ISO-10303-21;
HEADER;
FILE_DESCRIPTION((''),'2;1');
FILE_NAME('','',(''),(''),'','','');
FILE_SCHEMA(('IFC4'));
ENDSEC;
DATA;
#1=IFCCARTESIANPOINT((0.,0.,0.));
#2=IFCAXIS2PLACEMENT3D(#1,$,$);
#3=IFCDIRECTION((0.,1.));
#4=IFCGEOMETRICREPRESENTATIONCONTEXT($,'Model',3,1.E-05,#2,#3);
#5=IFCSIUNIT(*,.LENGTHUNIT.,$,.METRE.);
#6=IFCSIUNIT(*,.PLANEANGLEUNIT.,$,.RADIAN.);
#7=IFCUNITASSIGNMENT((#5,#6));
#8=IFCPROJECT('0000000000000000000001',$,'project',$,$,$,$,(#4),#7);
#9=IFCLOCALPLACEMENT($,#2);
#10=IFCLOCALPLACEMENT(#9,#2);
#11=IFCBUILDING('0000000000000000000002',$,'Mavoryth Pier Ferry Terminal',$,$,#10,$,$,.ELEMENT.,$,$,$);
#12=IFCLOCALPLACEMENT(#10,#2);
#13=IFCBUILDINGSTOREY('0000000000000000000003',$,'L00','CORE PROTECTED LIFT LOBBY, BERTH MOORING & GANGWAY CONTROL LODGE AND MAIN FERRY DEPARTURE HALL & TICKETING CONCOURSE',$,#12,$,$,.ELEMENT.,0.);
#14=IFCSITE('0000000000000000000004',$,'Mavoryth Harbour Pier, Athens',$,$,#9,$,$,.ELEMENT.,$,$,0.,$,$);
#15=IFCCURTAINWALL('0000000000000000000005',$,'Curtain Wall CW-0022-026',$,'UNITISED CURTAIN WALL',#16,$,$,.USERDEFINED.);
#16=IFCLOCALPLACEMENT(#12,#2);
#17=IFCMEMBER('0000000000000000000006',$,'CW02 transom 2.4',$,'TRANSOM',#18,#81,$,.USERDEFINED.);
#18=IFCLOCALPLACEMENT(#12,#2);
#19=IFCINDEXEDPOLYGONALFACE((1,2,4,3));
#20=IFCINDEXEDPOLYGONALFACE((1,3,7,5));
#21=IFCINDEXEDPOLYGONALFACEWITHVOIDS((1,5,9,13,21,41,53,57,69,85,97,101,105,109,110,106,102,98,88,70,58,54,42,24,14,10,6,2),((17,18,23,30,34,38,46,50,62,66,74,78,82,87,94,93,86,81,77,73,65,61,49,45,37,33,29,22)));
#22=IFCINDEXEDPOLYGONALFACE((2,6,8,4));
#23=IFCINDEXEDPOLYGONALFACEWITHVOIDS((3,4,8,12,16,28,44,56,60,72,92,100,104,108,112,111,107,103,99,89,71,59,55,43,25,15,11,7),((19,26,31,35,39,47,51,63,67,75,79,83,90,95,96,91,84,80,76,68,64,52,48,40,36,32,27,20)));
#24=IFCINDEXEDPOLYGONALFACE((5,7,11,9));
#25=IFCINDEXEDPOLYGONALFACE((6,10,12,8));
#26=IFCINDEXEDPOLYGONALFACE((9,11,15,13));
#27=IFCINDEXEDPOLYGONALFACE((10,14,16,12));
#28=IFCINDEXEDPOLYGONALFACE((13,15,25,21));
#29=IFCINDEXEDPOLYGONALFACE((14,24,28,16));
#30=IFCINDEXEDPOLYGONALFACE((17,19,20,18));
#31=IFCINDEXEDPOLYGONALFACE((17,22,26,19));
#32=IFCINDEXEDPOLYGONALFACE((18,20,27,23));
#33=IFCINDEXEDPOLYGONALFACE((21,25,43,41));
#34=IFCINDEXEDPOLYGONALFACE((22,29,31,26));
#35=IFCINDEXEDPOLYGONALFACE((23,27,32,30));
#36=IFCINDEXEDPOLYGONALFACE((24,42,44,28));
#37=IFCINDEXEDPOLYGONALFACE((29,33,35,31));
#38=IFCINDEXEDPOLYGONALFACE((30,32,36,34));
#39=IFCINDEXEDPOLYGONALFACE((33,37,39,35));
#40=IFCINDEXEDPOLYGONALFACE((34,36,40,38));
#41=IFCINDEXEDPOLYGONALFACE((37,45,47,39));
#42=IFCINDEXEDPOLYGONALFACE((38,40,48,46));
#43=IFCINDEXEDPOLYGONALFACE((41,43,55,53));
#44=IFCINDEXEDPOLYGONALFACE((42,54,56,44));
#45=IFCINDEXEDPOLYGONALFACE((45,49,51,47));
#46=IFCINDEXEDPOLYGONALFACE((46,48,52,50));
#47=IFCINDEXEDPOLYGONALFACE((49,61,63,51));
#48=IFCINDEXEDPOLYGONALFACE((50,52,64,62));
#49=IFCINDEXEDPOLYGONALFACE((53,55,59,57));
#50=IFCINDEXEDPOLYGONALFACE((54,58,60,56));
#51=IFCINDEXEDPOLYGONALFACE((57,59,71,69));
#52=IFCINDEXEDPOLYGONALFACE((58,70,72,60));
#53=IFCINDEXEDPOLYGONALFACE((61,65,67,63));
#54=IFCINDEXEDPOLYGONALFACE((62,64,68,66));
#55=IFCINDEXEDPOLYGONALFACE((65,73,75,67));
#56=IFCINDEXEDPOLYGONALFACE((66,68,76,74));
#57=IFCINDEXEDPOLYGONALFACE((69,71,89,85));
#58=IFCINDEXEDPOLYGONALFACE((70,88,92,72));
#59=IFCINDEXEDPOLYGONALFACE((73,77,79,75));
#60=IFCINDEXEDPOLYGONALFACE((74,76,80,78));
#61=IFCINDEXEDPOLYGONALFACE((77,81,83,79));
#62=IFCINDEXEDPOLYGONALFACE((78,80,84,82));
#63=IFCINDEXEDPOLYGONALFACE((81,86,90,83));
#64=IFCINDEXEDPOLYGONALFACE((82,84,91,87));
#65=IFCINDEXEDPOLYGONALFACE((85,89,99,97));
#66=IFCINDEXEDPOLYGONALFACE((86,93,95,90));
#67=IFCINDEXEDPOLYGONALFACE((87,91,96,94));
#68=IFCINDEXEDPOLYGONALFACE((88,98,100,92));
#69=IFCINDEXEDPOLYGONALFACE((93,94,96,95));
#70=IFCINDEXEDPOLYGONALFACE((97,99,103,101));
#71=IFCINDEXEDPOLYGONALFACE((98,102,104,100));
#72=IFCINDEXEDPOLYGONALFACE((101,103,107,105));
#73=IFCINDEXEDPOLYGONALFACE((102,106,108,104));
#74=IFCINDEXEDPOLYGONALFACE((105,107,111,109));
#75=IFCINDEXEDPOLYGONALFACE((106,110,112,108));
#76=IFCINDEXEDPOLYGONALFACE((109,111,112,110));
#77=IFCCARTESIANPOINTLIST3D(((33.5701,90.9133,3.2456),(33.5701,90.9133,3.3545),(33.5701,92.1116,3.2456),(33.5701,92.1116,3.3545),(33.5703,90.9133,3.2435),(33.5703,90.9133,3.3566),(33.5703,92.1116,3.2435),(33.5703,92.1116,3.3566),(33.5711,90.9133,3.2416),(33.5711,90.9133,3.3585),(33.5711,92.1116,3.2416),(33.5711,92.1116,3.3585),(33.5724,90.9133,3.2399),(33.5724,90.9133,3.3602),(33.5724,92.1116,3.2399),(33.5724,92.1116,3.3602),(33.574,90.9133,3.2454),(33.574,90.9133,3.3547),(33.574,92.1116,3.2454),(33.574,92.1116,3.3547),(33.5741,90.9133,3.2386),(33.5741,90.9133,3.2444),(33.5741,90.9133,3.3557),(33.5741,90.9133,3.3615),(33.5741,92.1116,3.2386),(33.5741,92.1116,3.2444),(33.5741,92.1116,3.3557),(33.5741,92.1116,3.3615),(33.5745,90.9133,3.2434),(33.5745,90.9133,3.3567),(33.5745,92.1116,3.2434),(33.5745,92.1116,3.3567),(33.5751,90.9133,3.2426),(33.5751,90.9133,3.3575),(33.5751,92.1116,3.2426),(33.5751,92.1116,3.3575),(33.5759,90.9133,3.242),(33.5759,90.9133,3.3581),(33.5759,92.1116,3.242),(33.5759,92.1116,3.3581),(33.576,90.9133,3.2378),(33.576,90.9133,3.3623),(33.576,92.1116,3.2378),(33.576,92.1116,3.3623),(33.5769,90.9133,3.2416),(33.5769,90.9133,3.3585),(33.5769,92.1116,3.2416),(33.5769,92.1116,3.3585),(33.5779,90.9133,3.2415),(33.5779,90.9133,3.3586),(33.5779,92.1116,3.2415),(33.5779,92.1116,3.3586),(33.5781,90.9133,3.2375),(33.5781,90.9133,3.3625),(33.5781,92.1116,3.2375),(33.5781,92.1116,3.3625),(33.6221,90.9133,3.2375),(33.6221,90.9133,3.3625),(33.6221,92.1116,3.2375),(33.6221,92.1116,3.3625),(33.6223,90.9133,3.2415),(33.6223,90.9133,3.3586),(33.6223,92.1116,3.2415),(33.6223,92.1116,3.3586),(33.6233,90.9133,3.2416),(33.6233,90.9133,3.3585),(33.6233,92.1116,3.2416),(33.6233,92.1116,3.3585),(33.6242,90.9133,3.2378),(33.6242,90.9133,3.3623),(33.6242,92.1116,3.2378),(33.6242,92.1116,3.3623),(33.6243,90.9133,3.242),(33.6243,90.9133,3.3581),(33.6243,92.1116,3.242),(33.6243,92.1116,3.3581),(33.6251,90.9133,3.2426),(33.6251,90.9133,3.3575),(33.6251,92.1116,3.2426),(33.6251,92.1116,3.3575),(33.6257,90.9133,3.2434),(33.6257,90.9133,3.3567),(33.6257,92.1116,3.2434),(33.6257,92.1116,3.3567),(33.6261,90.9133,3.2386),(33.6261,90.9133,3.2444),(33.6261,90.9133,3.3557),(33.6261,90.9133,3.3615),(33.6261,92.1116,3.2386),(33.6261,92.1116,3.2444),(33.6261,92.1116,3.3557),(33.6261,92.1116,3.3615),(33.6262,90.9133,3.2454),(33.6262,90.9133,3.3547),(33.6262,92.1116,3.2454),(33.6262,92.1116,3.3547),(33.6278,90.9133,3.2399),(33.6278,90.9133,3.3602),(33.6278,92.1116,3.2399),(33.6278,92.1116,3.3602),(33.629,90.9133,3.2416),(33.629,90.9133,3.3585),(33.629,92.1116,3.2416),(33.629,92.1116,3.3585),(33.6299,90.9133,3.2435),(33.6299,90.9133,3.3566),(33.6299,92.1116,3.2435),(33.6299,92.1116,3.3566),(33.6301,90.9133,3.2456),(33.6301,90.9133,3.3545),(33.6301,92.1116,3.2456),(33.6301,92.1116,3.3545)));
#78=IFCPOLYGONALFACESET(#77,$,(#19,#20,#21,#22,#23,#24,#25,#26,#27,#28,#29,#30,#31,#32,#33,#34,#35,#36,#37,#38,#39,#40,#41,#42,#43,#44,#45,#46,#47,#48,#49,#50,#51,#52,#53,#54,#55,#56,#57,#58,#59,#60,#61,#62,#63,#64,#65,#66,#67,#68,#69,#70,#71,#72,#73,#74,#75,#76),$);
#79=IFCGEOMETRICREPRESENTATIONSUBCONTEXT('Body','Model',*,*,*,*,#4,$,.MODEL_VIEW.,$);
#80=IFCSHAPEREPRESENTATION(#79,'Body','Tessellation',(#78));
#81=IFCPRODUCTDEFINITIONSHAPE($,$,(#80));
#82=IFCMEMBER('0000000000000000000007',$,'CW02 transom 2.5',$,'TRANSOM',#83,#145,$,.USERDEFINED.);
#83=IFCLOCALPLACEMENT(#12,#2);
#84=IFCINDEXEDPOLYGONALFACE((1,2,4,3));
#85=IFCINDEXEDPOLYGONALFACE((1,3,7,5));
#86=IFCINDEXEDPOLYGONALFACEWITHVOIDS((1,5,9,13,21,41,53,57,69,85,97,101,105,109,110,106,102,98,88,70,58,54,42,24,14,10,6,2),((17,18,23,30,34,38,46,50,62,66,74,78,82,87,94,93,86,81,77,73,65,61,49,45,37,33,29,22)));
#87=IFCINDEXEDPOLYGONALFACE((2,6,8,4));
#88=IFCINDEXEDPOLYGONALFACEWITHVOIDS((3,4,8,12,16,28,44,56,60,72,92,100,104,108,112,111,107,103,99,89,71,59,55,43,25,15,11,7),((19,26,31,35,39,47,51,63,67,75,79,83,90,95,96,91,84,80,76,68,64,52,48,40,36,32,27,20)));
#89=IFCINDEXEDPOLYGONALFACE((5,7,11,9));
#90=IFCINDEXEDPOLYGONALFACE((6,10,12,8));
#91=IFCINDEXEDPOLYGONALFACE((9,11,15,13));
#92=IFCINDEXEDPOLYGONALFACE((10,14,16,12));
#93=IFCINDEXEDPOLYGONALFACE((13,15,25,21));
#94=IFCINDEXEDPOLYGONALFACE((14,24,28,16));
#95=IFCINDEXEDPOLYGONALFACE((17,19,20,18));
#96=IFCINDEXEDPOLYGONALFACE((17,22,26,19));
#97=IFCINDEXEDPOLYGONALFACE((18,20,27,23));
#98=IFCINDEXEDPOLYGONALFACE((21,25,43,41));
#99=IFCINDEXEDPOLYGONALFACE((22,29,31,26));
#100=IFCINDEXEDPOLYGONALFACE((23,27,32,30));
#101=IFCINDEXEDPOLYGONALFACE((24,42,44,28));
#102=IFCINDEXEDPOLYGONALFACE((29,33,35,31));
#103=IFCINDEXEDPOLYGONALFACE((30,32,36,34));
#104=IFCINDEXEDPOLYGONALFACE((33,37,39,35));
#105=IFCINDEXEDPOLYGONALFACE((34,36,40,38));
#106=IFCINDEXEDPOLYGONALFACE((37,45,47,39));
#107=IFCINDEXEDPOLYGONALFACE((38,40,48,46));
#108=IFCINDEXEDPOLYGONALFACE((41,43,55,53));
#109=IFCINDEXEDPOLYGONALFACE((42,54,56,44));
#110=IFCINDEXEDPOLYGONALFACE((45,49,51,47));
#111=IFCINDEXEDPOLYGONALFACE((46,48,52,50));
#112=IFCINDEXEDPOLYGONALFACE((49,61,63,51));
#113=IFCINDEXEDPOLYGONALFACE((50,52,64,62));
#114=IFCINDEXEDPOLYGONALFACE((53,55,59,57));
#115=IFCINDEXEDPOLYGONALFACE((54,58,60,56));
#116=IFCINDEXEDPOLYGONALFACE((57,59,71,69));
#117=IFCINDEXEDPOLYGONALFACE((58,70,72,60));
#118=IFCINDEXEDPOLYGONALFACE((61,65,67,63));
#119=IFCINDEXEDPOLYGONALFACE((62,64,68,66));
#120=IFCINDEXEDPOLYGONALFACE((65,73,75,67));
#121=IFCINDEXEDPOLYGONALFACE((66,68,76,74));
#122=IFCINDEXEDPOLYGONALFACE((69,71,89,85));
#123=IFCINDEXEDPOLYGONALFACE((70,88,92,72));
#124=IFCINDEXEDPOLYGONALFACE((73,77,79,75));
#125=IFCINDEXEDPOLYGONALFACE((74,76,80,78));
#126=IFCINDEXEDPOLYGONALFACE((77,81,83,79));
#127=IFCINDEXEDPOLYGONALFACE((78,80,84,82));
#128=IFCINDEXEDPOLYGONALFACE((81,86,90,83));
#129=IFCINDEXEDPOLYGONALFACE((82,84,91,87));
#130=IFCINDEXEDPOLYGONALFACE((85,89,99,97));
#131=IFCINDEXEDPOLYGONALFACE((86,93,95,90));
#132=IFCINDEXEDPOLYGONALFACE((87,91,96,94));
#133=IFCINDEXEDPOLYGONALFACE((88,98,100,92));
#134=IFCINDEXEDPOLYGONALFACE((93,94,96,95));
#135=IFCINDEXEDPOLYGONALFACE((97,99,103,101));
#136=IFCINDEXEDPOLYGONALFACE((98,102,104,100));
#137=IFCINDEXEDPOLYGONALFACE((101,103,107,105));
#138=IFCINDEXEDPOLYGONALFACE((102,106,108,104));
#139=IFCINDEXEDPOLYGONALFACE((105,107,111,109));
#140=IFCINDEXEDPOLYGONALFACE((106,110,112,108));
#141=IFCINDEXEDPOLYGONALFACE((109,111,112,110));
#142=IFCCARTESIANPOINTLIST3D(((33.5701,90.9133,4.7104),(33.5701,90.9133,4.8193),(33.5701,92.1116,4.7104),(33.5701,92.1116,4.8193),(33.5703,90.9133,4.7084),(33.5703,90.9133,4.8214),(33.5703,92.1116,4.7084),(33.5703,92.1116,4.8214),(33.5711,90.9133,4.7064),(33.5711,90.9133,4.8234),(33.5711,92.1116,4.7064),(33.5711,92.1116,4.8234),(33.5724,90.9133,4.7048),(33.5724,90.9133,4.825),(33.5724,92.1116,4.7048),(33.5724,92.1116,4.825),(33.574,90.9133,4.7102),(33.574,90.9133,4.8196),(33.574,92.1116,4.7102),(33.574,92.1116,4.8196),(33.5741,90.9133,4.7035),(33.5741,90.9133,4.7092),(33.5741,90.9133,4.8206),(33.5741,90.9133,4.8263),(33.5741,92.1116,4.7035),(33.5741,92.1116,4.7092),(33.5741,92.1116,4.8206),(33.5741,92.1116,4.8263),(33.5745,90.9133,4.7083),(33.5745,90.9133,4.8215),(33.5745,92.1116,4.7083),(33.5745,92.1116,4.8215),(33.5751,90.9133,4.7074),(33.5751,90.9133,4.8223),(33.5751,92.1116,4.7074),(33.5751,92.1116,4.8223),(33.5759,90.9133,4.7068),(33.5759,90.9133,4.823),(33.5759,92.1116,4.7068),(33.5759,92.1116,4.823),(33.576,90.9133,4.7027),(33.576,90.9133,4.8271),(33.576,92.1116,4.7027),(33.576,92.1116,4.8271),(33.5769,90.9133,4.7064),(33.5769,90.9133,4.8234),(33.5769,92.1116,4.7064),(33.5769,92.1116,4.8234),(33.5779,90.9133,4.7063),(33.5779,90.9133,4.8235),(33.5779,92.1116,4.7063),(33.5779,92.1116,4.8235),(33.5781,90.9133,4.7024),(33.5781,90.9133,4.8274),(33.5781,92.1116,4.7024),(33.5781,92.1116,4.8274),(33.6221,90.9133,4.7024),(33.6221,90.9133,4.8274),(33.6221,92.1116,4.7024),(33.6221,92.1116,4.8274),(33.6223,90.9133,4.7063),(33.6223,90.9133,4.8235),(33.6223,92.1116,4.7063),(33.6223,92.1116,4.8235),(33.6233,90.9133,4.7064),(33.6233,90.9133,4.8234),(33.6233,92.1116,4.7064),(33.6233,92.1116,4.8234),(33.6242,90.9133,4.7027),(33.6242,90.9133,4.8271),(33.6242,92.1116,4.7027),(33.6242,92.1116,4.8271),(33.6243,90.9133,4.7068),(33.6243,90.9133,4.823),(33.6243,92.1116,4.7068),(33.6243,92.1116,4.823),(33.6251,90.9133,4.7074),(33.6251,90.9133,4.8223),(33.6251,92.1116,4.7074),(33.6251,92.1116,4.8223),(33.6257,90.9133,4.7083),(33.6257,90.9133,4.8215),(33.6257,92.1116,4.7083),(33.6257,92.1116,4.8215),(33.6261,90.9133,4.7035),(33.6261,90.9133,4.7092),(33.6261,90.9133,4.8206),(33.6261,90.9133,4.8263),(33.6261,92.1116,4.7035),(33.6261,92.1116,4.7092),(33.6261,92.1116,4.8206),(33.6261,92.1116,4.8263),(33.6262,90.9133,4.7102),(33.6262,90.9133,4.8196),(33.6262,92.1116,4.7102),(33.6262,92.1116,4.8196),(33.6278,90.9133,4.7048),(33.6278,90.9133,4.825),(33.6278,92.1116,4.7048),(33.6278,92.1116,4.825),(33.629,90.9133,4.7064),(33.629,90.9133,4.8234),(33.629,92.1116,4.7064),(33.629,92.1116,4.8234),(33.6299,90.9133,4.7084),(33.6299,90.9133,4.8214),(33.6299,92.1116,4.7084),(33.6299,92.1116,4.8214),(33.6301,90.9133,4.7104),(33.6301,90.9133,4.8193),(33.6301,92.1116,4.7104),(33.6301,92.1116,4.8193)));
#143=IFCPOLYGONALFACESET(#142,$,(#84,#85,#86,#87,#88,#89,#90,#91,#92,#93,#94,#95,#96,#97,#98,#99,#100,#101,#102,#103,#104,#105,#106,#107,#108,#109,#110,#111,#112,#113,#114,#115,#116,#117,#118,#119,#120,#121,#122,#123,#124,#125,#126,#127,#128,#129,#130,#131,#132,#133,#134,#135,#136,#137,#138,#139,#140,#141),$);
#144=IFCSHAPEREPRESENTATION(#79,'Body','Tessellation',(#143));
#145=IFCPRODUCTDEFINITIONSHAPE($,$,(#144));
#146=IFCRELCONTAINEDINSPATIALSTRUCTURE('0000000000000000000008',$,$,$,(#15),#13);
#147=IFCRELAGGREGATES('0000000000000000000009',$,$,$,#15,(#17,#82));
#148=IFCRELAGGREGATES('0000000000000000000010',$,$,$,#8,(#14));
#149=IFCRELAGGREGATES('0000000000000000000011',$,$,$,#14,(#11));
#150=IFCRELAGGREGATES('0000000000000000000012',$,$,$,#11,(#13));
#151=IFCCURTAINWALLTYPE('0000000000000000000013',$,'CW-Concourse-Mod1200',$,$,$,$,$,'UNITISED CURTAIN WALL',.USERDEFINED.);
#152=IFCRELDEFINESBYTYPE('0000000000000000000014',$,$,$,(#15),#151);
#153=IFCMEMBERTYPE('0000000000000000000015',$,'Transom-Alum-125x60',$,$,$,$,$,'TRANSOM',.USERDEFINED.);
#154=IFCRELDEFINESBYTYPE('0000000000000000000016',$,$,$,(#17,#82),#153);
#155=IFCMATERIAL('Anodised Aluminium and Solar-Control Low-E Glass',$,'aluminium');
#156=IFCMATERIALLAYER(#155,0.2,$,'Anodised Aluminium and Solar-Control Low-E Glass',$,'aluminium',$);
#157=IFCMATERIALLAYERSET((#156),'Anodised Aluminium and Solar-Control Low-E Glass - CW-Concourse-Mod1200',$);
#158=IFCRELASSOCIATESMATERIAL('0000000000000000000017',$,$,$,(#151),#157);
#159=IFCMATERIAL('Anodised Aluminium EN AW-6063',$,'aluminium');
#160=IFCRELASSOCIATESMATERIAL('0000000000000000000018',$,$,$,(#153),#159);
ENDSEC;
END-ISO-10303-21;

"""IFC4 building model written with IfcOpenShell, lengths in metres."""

from ifc_helpers import new_model, si_unit, direction, frame, origin, origin_2d, place, context, subcontext, project, spatial, hollow_rectangle, extrude, material, layer, layer_set, material_profile, profile_set, type_object, element, aggregate, save


model = new_model("IFC4")

# Units and contexts
model_context = context("Model", 3, precision=1e-05, world=origin(), true_north=direction((0.0, 1.0)))
body_context = subcontext(model_context, "Body", "Model", "MODEL_VIEW")
ifc_project = project(units=[si_unit("LENGTHUNIT", "METRE"), si_unit("PLANEANGLEUNIT", "RADIAN")], contexts=[model_context])

# Site, building, storey
site_placement = place(None, origin())
site = spatial("IfcSite", under=ifc_project, at=site_placement, Name="Mavoryth Harbour Pier, Athens", CompositionType="ELEMENT", RefElevation=0.0)
building_placement = place(site_placement, origin())
building = spatial("IfcBuilding", under=site, at=building_placement, Name="Mavoryth Pier Ferry Terminal", CompositionType="ELEMENT")
storey_placement = place(building_placement, origin())
storey = spatial("IfcBuildingStorey", under=building, at=storey_placement, Name="L00", Description="CORE PROTECTED LIFT LOBBY, BERTH MOORING & GANGWAY CONTROL LODGE AND MAIN FERRY DEPARTURE HALL & TICKETING CONCOURSE", CompositionType="ELEMENT", Elevation=0.0)

# Curtain wall, members
ifc_material_1 = material(Name="Anodised Aluminium and Solar-Control Low-E Glass", Category="aluminium")
ifc_layer_1 = layer(ifc_material_1, 0.2, Name="Anodised Aluminium and Solar-Control Low-E Glass", Category="aluminium")
ifc_layer_set_1 = layer_set([ifc_layer_1], Name="Anodised Aluminium and Solar-Control Low-E Glass - CW-Concourse-Mod1200")
curtain_wall_type = type_object("IfcCurtainWallType", Name="CW-Concourse-Mod1200", ElementType="UNITISED CURTAIN WALL", PredefinedType="USERDEFINED", material=ifc_layer_set_1)
curtain_wall_placement = place(storey_placement, origin())
curtain_wall = element("IfcCurtainWall", 1, at=curtain_wall_placement, inside=storey, type_object=curtain_wall_type, Name="Curtain Wall CW-0022-026", ObjectType="UNITISED CURTAIN WALL", PredefinedType="USERDEFINED")
ifc_material_2 = material(Name="Anodised Aluminium EN AW-6063", Category="aluminium")
ifc_material_profile_1 = material_profile(ifc_material_2, hollow_rectangle(XDim=0.0601, YDim=0.125, WallThickness=0.0039, InnerFilletRadius=0.0039, OuterFilletRadius=0.0081, at=origin_2d()), Name="AL-TRAN 125x60x4", Category="aluminium")
ifc_profile_set_1 = profile_set([ifc_material_profile_1], Name="Anodised Aluminium EN AW-6063 - AL-TRAN 125x60x4")
member_type_1 = type_object("IfcMemberType", Name="Transom-Alum-125x60", ElementType="TRANSOM", PredefinedType="USERDEFINED", material=ifc_profile_set_1)
member_1_placement = place(storey_placement, frame((33.6001, 90.9133, 3.3), z_axis=(0.0, 1.0, 0.0), x_axis=(-1.0, 0.0, 0.0)))
member_1 = element("IfcMember", 2, at=member_1_placement, type_object=member_type_1, Name="CW02 transom 2.4", ObjectType="TRANSOM", PredefinedType="USERDEFINED", context=body_context, shape_type="SweptSolid", body=[
    extrude(hollow_rectangle(XDim=0.0601, YDim=0.125, WallThickness=0.0039, InnerFilletRadius=0.0039, OuterFilletRadius=0.0081, at=origin_2d()), origin(), (0.0, 0.0, 1.0), 1.1982),
])
member_2_placement = place(storey_placement, frame((33.6001, 90.9133, 4.7649), z_axis=(0.0, 1.0, 0.0), x_axis=(-1.0, 0.0, 0.0)))
member_2 = element("IfcMember", 3, at=member_2_placement, type_object=member_type_1, Name="CW02 transom 2.5", ObjectType="TRANSOM", PredefinedType="USERDEFINED", context=body_context, shape_type="SweptSolid", body=[
    extrude(hollow_rectangle(XDim=0.0601, YDim=0.125, WallThickness=0.0039, InnerFilletRadius=0.0039, OuterFilletRadius=0.0081, at=origin_2d()), origin(), (0.0, 0.0, 1.0), 1.1982),
])
aggregate(curtain_wall, [member_1, member_2])

save(model, "model.ifc")
